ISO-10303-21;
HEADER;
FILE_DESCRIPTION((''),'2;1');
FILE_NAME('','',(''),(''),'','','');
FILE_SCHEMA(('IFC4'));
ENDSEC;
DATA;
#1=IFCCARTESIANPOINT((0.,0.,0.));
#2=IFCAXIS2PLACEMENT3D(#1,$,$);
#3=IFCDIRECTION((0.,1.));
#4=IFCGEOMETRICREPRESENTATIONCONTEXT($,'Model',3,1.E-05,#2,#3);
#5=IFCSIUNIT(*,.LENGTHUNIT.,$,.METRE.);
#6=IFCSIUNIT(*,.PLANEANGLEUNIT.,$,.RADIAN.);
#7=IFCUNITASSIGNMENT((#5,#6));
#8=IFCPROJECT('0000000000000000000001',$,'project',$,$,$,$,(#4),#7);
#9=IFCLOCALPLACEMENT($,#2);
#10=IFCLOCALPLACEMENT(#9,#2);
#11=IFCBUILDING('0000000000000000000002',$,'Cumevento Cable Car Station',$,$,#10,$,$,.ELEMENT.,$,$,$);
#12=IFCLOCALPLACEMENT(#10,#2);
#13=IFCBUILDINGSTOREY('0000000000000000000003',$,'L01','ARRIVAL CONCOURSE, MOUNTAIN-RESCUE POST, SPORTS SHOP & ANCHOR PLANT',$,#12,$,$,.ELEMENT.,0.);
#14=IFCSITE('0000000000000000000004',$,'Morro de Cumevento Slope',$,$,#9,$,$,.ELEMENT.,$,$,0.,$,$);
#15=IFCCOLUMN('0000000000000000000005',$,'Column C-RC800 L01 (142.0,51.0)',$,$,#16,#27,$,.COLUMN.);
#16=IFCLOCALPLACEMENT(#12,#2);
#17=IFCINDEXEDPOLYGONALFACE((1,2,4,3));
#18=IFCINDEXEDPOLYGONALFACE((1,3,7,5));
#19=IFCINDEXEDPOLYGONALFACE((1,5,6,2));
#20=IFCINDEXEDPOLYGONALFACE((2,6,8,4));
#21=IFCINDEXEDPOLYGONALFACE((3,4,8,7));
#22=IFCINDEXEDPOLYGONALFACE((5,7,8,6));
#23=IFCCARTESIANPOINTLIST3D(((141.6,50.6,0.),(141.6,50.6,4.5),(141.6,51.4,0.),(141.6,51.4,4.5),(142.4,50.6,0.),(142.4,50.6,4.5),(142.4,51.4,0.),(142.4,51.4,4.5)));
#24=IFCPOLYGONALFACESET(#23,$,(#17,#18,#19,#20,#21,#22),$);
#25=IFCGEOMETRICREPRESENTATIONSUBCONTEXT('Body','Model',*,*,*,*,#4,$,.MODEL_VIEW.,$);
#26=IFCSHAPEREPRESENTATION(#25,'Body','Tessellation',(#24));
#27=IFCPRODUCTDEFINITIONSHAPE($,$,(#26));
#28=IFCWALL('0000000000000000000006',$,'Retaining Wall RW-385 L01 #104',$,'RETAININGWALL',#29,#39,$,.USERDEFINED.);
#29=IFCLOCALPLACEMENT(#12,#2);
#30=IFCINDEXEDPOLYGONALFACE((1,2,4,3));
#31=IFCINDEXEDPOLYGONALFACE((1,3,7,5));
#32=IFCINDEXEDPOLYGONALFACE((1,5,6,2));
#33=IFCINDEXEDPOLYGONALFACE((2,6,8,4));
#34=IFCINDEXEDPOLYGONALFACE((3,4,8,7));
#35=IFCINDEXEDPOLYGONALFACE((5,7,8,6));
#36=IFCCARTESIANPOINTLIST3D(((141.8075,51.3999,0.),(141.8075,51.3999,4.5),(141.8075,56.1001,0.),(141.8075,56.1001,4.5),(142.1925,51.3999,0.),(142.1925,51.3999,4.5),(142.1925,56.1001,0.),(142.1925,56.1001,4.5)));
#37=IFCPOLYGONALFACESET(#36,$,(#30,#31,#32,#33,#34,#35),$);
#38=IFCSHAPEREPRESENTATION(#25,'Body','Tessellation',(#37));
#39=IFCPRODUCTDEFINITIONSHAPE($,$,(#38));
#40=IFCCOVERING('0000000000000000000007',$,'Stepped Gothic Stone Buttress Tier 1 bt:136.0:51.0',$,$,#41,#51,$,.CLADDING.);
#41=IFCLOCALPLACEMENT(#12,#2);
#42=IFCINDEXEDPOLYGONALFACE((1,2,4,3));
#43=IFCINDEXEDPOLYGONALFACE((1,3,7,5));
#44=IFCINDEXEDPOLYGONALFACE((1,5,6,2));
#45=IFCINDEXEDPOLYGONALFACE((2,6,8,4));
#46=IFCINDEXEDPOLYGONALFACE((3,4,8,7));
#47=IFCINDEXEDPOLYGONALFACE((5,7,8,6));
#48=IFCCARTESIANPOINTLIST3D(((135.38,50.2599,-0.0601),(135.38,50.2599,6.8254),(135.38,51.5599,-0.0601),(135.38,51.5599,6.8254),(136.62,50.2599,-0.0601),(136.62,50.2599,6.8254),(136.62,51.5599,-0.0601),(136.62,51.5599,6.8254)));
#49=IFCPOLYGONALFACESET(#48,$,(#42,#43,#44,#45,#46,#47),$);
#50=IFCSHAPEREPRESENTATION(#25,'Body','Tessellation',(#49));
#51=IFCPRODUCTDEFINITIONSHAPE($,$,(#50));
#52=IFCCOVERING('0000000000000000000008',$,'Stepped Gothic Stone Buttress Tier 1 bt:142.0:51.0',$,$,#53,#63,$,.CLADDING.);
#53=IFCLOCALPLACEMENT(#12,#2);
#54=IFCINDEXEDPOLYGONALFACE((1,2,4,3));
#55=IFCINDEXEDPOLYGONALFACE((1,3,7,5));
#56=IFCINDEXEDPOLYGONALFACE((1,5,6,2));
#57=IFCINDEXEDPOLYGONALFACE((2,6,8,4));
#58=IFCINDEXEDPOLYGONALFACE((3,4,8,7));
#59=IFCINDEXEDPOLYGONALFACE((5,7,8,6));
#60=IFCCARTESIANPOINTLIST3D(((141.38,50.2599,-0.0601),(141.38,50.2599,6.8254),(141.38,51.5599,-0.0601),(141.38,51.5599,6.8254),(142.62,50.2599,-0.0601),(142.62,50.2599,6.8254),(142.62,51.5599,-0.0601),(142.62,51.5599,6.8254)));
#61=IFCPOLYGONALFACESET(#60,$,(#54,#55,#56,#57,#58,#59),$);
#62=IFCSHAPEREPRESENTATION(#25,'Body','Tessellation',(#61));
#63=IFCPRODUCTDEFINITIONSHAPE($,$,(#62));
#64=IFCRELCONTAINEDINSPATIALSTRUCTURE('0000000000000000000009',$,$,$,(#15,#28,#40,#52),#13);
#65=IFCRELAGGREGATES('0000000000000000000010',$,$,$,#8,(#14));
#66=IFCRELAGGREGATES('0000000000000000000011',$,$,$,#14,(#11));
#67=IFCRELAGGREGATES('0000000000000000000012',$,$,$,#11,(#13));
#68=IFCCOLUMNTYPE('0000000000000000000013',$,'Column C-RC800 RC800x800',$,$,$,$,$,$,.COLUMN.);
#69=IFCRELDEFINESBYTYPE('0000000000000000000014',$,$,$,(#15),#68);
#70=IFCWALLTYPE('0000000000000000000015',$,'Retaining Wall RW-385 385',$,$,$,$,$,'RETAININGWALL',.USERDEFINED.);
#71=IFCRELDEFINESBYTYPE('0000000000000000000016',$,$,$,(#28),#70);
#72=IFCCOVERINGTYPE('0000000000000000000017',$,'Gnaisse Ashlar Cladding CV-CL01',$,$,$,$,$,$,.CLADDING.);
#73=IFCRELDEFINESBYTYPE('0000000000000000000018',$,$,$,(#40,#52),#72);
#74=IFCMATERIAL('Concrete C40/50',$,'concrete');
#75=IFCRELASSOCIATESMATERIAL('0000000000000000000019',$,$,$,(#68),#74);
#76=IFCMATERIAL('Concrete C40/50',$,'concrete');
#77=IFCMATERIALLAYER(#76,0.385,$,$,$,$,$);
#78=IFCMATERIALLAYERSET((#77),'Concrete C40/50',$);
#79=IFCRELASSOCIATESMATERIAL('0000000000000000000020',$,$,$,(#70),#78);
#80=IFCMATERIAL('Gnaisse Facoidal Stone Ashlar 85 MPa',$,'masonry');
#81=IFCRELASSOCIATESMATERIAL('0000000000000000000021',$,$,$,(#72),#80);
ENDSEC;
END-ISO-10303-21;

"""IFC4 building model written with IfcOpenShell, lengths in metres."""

from ifc_helpers import new_model, si_unit, direction, frame, frame_2d, origin, origin_2d, place, context, subcontext, project, spatial, rectangle, extrude, material, layer, layer_set, material_profile, profile_set, type_object, element, save


model = new_model("IFC4")

# Units and contexts
model_context = context("Model", 3, precision=1e-05, world=origin(), true_north=direction((0.0, 1.0)))
body_context = subcontext(model_context, "Body", "Model", "MODEL_VIEW")
ifc_project = project(units=[si_unit("LENGTHUNIT", "METRE"), si_unit("PLANEANGLEUNIT", "RADIAN")], contexts=[model_context])

# Site, building, storey
site_placement = place(None, origin())
site = spatial("IfcSite", under=ifc_project, at=site_placement, Name="Morro de Cumevento Slope", CompositionType="ELEMENT", RefElevation=0.0)
building_placement = place(site_placement, origin())
building = spatial("IfcBuilding", under=site, at=building_placement, Name="Cumevento Cable Car Station", CompositionType="ELEMENT")
storey_placement = place(building_placement, origin())
storey = spatial("IfcBuildingStorey", under=building, at=storey_placement, Name="L01", Description="ARRIVAL CONCOURSE, MOUNTAIN-RESCUE POST, SPORTS SHOP & ANCHOR PLANT", CompositionType="ELEMENT", Elevation=0.0)

# Column
ifc_material_1 = material(Name="Concrete C40/50", Category="concrete")
ifc_material_profile_1 = material_profile(ifc_material_1, rectangle(XDim=0.8, YDim=0.8, at=origin_2d()), Name="RC800x800")
ifc_profile_set_1 = profile_set([ifc_material_profile_1], Name="Concrete C40/50")
column_type_1 = type_object("IfcColumnType", Name="Column C-RC800 RC800x800", PredefinedType="COLUMN", material=ifc_profile_set_1)
column_1_placement = place(storey_placement, frame((142.0, 51.0, 0.0), z_axis=(0.0, 0.0, 1.0), x_axis=(1.0, 0.0, 0.0)))
element("IfcColumn", 1, at=column_1_placement, inside=storey, type_object=column_type_1, Name="Column C-RC800 L01 (142.0,51.0)", PredefinedType="COLUMN", context=body_context, shape_type="SweptSolid", body=[
    extrude(rectangle(XDim=0.8, YDim=0.8, at=origin_2d()), origin(), (0.0, 0.0, 1.0), 4.5),
])

# Wall
ifc_material_2 = material(Name="Concrete C40/50", Category="concrete")
ifc_layer = layer(ifc_material_2, 0.385)
ifc_layer_set = layer_set([ifc_layer], Name="Concrete C40/50")
wall_type = type_object("IfcWallType", Name="Retaining Wall RW-385 385", ElementType="RETAININGWALL", PredefinedType="USERDEFINED", material=ifc_layer_set)
wall_placement = place(storey_placement, frame((142.0, 51.3999, 0.0), z_axis=(0.0, 0.0, 1.0), x_axis=(0.0, 1.0, 0.0)))
element("IfcWall", 2, at=wall_placement, inside=storey, type_object=wall_type, Name="Retaining Wall RW-385 L01 #104", ObjectType="RETAININGWALL", PredefinedType="USERDEFINED", context=body_context, shape_type="SweptSolid", body=[
    extrude(rectangle(XDim=4.7002, YDim=0.385, at=frame_2d((2.3501, 0.0))), origin(), (0.0, 0.0, 1.0), 4.5),
])

# Coverings
ifc_material_3 = material(Name="Gnaisse Facoidal Stone Ashlar 85 MPa", Category="masonry")
covering_type = type_object("IfcCoveringType", Name="Gnaisse Ashlar Cladding CV-CL01", PredefinedType="CLADDING", material=ifc_material_3)
for number, where, z_axis, x_axis, name in (
    (3, (136.0, 50.9099, -0.0601), (0.0, 0.0, 1.0), (1.0, 0.0, 0.0), "Stepped Gothic Stone Buttress Tier 1 bt:136.0:51.0"),
    (4, (142.0, 50.9099, -0.0601), (0.0, 0.0, 1.0), (1.0, 0.0, 0.0), "Stepped Gothic Stone Buttress Tier 1 bt:142.0:51.0"),
):
    element("IfcCovering", number, at=place(storey_placement, frame(where, z_axis=z_axis, x_axis=x_axis)), inside=storey, type_object=covering_type, Name=name, PredefinedType="CLADDING", context=body_context, shape_type="SweptSolid", body=[
        extrude(rectangle(XDim=1.24, YDim=1.3, at=origin_2d()), origin(), (0.0, 0.0, 1.0), 6.8855),
    ])

save(model, "model.ifc")
